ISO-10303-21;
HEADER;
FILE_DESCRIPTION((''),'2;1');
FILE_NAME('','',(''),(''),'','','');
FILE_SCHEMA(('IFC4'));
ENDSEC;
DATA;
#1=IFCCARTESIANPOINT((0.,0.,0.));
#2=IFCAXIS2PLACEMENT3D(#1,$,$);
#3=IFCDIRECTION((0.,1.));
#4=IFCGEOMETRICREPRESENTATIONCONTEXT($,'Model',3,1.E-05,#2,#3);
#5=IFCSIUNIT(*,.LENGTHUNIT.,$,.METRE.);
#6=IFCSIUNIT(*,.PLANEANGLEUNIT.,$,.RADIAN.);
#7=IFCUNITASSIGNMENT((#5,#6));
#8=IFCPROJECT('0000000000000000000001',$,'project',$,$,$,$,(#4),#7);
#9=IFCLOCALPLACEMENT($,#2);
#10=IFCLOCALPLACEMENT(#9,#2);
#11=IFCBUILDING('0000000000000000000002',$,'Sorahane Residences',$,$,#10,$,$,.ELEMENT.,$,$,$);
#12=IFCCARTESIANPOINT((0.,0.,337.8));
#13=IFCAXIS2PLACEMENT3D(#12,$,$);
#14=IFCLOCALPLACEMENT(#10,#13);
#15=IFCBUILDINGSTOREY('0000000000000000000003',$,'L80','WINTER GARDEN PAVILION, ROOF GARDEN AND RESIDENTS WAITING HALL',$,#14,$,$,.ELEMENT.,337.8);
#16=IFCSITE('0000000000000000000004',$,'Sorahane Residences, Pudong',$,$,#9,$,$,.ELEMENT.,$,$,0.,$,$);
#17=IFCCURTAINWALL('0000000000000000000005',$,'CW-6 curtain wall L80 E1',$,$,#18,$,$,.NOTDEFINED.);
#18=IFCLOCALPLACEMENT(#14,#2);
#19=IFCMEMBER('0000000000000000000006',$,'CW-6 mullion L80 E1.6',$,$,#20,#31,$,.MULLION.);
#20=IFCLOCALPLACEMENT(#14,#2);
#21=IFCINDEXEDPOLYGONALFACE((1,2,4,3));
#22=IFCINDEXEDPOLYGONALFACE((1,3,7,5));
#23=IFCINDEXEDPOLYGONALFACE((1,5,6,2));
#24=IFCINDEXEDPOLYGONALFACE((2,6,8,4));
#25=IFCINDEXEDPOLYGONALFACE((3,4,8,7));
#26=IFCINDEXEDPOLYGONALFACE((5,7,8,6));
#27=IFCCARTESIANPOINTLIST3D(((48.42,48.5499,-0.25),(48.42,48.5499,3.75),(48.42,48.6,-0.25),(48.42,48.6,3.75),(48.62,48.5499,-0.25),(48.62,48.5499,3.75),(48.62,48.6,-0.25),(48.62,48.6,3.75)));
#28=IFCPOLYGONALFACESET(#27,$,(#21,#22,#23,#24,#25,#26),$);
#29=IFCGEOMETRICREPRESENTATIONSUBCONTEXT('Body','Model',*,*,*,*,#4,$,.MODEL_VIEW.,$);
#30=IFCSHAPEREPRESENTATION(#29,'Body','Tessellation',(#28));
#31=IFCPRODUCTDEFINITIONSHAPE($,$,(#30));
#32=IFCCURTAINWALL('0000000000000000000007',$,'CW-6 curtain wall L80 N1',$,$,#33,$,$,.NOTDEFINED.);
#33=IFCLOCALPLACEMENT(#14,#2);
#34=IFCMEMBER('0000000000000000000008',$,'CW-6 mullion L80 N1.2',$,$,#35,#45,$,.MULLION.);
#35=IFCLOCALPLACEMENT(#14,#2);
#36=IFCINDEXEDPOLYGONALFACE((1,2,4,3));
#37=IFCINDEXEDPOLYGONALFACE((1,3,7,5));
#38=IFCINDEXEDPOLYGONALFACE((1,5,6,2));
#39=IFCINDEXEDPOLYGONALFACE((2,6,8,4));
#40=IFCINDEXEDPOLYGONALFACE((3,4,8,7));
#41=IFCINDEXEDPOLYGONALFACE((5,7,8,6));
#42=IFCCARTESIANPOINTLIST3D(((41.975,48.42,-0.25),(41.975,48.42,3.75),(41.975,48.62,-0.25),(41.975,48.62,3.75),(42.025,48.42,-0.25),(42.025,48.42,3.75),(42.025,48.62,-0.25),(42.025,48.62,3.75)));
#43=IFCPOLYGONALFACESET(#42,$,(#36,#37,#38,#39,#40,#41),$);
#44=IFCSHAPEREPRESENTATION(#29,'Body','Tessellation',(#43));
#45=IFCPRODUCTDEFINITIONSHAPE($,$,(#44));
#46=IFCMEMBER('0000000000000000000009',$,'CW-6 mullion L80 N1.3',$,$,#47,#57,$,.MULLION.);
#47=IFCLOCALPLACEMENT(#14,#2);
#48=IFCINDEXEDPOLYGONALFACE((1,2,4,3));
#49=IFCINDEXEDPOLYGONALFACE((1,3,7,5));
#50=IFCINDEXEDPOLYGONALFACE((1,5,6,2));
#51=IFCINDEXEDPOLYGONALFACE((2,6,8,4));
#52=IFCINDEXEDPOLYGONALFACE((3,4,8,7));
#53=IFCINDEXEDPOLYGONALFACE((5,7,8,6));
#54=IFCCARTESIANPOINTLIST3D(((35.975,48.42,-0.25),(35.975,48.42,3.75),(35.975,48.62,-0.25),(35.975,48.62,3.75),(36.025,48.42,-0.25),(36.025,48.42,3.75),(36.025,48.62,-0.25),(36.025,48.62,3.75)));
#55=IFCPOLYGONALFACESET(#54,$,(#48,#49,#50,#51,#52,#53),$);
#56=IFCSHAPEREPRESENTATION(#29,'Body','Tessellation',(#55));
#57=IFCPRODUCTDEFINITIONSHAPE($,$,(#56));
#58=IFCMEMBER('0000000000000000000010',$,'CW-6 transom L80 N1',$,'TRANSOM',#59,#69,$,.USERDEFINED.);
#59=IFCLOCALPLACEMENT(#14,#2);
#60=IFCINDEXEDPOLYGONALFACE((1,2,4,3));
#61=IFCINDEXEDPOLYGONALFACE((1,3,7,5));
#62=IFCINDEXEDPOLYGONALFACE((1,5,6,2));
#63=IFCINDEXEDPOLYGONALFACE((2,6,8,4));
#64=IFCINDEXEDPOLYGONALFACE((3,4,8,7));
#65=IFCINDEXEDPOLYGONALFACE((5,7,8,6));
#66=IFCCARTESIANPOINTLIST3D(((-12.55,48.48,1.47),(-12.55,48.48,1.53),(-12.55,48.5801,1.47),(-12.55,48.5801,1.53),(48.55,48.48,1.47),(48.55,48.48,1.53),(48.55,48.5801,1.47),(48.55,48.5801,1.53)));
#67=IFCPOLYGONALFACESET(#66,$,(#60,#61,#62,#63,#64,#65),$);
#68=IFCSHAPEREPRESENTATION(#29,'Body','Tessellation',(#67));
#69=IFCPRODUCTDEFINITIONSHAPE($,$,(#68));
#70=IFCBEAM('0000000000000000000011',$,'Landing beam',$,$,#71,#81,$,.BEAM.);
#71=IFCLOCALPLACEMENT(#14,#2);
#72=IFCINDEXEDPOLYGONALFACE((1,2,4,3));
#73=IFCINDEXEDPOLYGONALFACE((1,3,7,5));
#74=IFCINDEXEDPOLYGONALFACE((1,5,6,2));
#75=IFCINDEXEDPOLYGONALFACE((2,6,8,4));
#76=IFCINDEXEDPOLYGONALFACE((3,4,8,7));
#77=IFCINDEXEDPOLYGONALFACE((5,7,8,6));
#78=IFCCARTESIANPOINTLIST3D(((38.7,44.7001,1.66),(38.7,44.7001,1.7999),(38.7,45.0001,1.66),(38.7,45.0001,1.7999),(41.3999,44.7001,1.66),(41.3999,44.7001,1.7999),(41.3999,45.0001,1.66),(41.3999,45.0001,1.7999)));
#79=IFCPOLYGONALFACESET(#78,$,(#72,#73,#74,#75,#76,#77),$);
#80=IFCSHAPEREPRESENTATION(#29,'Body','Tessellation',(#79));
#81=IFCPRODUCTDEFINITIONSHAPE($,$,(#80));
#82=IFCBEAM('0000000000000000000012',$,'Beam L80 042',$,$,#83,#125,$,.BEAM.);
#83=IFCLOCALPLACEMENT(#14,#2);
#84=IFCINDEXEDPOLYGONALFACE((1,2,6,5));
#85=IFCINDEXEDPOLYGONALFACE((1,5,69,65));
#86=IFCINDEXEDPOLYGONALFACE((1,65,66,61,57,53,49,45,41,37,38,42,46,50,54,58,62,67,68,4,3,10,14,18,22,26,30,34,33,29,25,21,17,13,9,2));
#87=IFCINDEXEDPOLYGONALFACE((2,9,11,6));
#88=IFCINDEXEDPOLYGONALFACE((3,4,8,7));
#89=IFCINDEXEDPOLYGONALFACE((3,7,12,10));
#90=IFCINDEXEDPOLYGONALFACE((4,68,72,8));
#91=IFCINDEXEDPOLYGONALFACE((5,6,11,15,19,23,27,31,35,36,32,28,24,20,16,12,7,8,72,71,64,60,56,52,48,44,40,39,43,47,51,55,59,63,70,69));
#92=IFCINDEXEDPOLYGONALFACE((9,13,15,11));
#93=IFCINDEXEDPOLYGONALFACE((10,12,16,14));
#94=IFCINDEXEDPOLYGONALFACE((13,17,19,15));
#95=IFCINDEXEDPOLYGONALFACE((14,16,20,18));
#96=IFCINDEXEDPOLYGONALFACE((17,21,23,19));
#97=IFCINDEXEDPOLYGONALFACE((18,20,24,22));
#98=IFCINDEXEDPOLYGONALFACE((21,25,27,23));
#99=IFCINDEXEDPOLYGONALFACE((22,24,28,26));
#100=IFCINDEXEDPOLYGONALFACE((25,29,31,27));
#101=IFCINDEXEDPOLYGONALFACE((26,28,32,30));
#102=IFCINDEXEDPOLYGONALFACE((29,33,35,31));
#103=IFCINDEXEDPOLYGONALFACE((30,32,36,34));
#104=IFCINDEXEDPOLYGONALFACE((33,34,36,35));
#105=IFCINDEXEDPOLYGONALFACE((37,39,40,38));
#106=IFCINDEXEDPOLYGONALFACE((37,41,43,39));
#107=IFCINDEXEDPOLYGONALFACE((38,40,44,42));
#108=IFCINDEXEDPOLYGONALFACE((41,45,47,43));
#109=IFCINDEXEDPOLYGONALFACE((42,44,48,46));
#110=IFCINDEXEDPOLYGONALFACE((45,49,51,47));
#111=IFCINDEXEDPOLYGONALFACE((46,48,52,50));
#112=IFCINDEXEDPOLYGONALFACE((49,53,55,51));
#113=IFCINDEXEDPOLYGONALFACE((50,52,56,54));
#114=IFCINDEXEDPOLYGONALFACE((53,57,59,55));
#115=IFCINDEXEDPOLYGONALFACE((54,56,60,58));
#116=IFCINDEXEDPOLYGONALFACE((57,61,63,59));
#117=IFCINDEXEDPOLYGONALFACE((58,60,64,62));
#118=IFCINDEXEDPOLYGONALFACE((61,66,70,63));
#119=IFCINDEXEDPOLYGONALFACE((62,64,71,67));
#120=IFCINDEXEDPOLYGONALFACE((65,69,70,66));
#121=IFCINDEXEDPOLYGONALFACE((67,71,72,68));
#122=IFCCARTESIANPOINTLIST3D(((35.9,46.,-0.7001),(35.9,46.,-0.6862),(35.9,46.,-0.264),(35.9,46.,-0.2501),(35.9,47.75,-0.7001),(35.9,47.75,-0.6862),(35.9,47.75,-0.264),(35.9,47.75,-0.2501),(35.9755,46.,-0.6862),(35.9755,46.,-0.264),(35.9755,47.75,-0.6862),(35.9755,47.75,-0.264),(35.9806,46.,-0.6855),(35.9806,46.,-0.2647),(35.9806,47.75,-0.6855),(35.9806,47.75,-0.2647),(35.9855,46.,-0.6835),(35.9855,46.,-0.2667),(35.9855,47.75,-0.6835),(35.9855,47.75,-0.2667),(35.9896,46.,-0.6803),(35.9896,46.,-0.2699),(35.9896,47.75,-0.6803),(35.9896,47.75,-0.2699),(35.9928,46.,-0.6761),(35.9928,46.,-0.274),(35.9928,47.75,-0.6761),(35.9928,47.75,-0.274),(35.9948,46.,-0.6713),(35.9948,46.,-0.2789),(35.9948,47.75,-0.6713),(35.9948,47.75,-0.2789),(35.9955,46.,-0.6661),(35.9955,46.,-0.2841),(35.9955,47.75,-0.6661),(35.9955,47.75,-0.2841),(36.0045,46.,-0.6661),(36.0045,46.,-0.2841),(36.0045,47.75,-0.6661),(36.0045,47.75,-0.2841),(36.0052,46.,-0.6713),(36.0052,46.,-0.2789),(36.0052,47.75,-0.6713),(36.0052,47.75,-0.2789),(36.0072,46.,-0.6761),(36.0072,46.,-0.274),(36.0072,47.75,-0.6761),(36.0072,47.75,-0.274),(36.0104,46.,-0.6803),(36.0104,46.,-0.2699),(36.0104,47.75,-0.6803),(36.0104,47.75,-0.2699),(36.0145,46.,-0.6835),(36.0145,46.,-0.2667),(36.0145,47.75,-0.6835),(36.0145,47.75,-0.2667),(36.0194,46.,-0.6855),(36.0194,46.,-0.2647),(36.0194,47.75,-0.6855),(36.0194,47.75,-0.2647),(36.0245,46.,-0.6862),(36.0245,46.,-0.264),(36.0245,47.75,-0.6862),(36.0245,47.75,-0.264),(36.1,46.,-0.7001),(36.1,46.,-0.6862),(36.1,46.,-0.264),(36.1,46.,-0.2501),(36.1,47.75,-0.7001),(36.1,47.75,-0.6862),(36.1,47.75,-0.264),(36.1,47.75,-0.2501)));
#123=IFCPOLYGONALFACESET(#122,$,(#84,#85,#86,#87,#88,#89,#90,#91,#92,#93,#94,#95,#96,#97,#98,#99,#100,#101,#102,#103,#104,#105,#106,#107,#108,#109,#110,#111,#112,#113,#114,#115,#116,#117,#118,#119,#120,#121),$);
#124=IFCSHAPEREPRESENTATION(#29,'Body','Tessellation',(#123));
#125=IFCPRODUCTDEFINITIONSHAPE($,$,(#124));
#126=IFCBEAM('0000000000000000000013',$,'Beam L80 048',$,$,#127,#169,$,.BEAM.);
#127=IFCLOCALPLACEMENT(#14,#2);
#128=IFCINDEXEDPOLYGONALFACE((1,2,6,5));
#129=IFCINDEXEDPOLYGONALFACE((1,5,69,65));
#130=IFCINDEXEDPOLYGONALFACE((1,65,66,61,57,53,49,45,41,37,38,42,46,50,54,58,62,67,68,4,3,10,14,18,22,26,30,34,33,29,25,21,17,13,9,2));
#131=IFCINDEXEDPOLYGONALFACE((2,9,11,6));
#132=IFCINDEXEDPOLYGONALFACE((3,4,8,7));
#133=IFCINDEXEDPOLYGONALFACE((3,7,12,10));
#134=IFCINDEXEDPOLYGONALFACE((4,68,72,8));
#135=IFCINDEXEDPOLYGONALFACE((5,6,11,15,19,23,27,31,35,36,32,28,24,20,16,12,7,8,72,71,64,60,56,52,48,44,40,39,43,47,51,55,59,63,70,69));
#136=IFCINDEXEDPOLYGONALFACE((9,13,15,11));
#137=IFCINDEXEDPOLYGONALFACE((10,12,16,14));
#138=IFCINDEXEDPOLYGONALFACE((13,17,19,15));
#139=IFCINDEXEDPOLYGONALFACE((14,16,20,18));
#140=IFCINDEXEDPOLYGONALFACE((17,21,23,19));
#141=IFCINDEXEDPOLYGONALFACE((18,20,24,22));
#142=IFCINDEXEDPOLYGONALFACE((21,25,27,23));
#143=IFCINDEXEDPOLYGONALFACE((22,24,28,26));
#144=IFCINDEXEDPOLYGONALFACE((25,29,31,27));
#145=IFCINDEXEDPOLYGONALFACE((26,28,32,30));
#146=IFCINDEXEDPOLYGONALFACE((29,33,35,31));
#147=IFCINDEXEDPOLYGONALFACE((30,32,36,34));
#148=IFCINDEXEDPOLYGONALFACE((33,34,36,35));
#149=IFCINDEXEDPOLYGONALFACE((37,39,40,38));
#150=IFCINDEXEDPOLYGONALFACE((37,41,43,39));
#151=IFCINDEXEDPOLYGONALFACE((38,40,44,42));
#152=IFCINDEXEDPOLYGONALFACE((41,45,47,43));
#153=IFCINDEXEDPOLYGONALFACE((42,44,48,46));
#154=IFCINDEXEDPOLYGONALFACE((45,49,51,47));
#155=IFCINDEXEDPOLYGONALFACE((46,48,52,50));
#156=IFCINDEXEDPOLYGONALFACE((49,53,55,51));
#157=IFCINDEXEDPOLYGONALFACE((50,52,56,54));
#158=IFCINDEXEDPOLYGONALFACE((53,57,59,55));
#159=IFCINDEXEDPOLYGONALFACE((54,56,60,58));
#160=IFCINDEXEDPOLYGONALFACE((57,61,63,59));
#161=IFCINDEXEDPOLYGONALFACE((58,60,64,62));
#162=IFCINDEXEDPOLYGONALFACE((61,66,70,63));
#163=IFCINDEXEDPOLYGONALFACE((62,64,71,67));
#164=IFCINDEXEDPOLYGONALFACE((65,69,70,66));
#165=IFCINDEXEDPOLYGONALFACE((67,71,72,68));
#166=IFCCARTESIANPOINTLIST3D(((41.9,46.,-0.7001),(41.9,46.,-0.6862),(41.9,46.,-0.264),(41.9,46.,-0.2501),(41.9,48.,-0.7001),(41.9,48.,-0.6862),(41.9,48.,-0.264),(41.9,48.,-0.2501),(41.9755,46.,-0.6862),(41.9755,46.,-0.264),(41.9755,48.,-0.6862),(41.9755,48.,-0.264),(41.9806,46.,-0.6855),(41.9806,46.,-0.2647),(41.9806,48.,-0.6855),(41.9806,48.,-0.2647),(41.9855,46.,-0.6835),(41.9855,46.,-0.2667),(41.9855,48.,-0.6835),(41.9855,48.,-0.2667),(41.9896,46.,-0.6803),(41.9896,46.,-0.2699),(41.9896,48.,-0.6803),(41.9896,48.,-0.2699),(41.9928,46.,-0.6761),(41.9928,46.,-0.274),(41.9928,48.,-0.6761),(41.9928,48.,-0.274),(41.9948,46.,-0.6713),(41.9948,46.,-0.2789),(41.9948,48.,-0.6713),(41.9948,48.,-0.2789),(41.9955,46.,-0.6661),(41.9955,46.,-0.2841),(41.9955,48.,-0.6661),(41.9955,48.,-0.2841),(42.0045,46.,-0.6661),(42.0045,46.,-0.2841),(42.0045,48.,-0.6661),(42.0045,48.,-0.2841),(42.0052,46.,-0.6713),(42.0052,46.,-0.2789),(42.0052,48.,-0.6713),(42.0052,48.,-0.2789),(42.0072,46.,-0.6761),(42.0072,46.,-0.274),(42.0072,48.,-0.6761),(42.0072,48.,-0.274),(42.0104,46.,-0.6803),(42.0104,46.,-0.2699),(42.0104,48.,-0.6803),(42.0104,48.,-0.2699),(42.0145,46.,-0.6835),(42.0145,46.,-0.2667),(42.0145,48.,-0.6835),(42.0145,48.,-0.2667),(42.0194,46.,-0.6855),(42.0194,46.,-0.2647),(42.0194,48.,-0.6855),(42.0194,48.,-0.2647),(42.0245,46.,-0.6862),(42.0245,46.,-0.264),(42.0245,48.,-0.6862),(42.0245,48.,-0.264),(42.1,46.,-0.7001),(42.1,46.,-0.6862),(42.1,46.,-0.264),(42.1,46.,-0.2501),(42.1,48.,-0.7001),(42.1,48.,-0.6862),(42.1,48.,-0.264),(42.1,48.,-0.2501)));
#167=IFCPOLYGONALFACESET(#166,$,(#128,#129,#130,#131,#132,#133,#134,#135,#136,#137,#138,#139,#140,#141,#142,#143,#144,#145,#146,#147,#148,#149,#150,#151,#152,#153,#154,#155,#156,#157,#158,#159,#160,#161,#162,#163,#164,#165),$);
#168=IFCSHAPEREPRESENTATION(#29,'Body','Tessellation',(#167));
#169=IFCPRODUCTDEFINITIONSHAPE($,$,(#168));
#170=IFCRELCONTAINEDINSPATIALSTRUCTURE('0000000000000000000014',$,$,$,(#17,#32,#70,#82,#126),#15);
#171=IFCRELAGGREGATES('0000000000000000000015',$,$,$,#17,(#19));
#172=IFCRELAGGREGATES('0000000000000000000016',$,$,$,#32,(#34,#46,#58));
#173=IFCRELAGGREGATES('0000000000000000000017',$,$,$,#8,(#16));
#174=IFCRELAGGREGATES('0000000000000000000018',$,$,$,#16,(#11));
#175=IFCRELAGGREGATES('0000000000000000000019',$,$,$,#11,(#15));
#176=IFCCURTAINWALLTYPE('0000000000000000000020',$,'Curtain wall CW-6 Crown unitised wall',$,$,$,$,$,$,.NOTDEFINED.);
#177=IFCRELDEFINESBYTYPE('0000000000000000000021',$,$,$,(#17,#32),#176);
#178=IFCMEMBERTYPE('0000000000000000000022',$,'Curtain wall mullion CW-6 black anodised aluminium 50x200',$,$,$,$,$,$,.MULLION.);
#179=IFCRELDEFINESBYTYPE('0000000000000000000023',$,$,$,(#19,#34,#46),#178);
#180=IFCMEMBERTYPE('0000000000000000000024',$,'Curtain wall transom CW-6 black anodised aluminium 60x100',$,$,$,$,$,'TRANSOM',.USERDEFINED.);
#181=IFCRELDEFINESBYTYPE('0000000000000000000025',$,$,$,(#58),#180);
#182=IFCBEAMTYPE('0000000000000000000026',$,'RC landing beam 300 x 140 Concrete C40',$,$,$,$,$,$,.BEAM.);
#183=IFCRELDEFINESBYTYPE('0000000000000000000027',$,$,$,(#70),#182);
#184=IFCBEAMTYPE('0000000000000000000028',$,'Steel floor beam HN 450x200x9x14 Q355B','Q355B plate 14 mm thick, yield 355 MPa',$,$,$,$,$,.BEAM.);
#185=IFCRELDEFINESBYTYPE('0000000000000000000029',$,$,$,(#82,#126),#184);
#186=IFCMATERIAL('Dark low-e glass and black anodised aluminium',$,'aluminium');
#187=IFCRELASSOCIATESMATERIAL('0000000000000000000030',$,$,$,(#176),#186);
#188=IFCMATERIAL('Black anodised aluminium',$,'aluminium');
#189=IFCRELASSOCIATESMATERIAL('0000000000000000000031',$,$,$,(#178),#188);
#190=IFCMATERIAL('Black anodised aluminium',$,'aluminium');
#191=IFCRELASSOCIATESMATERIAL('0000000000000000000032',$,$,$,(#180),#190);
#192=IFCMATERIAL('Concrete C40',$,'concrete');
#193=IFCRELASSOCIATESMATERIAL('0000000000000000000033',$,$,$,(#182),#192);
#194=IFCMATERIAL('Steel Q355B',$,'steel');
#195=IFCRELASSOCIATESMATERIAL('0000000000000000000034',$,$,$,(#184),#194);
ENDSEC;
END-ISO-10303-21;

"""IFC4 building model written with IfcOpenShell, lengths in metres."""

from ifc_helpers import new_model, si_unit, direction, frame, origin, origin_2d, place, context, subcontext, project, spatial, rectangle, i_section, extrude, material, material_profile, profile_set, type_object, element, aggregate, save


model = new_model("IFC4")

# Units and contexts
model_context = context("Model", 3, precision=1e-05, world=origin(), true_north=direction((0.0, 1.0)))
body_context = subcontext(model_context, "Body", "Model", "MODEL_VIEW")
ifc_project = project(units=[si_unit("LENGTHUNIT", "METRE"), si_unit("PLANEANGLEUNIT", "RADIAN")], contexts=[model_context])

# Site, building, storey
site_placement = place(None, origin())
site = spatial("IfcSite", under=ifc_project, at=site_placement, Name="Sorahane Residences, Pudong", CompositionType="ELEMENT", RefElevation=0.0)
building_placement = place(site_placement, origin())
building = spatial("IfcBuilding", under=site, at=building_placement, Name="Sorahane Residences", CompositionType="ELEMENT")
storey_placement = place(building_placement, frame((0.0, 0.0, 337.8)))
storey = spatial("IfcBuildingStorey", under=building, at=storey_placement, Name="L80", Description="WINTER GARDEN PAVILION, ROOF GARDEN AND RESIDENTS WAITING HALL", CompositionType="ELEMENT", Elevation=337.8)

# Curtain wall, member
ifc_material_1 = material(Name="Dark low-e glass and black anodised aluminium", Category="aluminium")
curtain_wall_type = type_object("IfcCurtainWallType", Name="Curtain wall CW-6 Crown unitised wall", PredefinedType="NOTDEFINED", material=ifc_material_1)
curtain_wall_1_placement = place(storey_placement, origin())
curtain_wall_1 = element("IfcCurtainWall", 1, at=curtain_wall_1_placement, inside=storey, type_object=curtain_wall_type, Name="CW-6 curtain wall L80 E1", PredefinedType="NOTDEFINED")
ifc_material_2 = material(Name="Black anodised aluminium", Category="aluminium")
ifc_material_profile_1 = material_profile(ifc_material_2, rectangle(XDim=0.2, YDim=0.05, at=origin_2d()), Name="Curtain wall mullion CW-6 black anodised aluminium 50x200")
ifc_profile_set_1 = profile_set([ifc_material_profile_1], Name="Black anodised aluminium")
member_type_1 = type_object("IfcMemberType", Name="Curtain wall mullion CW-6 black anodised aluminium 50x200", PredefinedType="MULLION", material=ifc_profile_set_1)
member_1_placement = place(storey_placement, frame((48.52, 48.575, -0.25), z_axis=(0.0, 0.0, 1.0), x_axis=(1.0, 0.0, 0.0)))
member_1 = element("IfcMember", 2, at=member_1_placement, type_object=member_type_1, Name="CW-6 mullion L80 E1.6", PredefinedType="MULLION", context=body_context, shape_type="SweptSolid", body=[
    extrude(rectangle(XDim=0.2, YDim=0.05, at=origin_2d()), origin(), (0.0, 0.0, 1.0), 4.0),
])

# Curtain wall, members
curtain_wall_2_placement = place(storey_placement, origin())
curtain_wall_2 = element("IfcCurtainWall", 3, at=curtain_wall_2_placement, inside=storey, type_object=curtain_wall_type, Name="CW-6 curtain wall L80 N1", PredefinedType="NOTDEFINED")
member_2_placement = place(storey_placement, frame((42.0, 48.52, -0.25), z_axis=(0.0, 0.0, 1.0), x_axis=(0.0, 1.0, 0.0)))
member_2 = element("IfcMember", 4, at=member_2_placement, type_object=member_type_1, Name="CW-6 mullion L80 N1.2", PredefinedType="MULLION", context=body_context, shape_type="SweptSolid", body=[
    extrude(rectangle(XDim=0.2, YDim=0.05, at=origin_2d()), origin(), (0.0, 0.0, 1.0), 4.0),
])
member_3_placement = place(storey_placement, frame((36.0, 48.52, -0.25), z_axis=(0.0, 0.0, 1.0), x_axis=(0.0, 1.0, 0.0)))
member_3 = element("IfcMember", 5, at=member_3_placement, type_object=member_type_1, Name="CW-6 mullion L80 N1.3", PredefinedType="MULLION", context=body_context, shape_type="SweptSolid", body=[
    extrude(rectangle(XDim=0.2, YDim=0.05, at=origin_2d()), origin(), (0.0, 0.0, 1.0), 4.0),
])
ifc_material_3 = material(Name="Black anodised aluminium", Category="aluminium")
ifc_material_profile_2 = material_profile(ifc_material_3, rectangle(XDim=0.1001, YDim=0.0601, at=origin_2d()), Name="Curtain wall transom CW-6 black anodised aluminium 60x100")
ifc_profile_set_2 = profile_set([ifc_material_profile_2], Name="Black anodised aluminium")
member_type_2 = type_object("IfcMemberType", Name="Curtain wall transom CW-6 black anodised aluminium 60x100", ElementType="TRANSOM", PredefinedType="USERDEFINED", material=ifc_profile_set_2)
member_4_placement = place(storey_placement, frame((48.55, 48.53, 1.5), z_axis=(-1.0, 0.0, 0.0), x_axis=(0.0, -1.0, 0.0)))
member_4 = element("IfcMember", 6, at=member_4_placement, type_object=member_type_2, Name="CW-6 transom L80 N1", ObjectType="TRANSOM", PredefinedType="USERDEFINED", context=body_context, shape_type="SweptSolid", body=[
    extrude(rectangle(XDim=0.1001, YDim=0.0601, at=origin_2d()), origin(), (0.0, 0.0, 1.0), 61.1001),
])

# Beams
ifc_material_4 = material(Name="Concrete C40", Category="concrete")
ifc_material_profile_3 = material_profile(ifc_material_4, rectangle(XDim=0.3, YDim=0.1399, at=origin_2d()), Name="300x140")
ifc_profile_set_3 = profile_set([ifc_material_profile_3], Name="Concrete C40")
beam_type_1 = type_object("IfcBeamType", Name="RC landing beam 300 x 140 Concrete C40", PredefinedType="BEAM", material=ifc_profile_set_3)
beam_1_placement = place(storey_placement, frame((38.7, 44.8501, 1.73), z_axis=(1.0, 0.0, 0.0), x_axis=(0.0, 1.0, 0.0)))
element("IfcBeam", 7, at=beam_1_placement, inside=storey, type_object=beam_type_1, Name="Landing beam", PredefinedType="BEAM", context=body_context, shape_type="SweptSolid", body=[
    extrude(rectangle(XDim=0.3, YDim=0.1399, at=origin_2d()), origin(), (0.0, 0.0, 1.0), 2.7),
])
ifc_material_5 = material(Name="Steel Q355B", Category="steel")
ifc_material_profile_4 = material_profile(ifc_material_5, i_section(OverallWidth=0.2, OverallDepth=0.45, WebThickness=0.009, FlangeThickness=0.0139, FilletRadius=0.02, at=origin_2d()), Name="HN 450x200x9x14")
ifc_profile_set_4 = profile_set([ifc_material_profile_4], Name="Steel Q355B")
beam_type_2 = type_object("IfcBeamType", Name="Steel floor beam HN 450x200x9x14 Q355B", Description="Q355B plate 14 mm thick, yield 355 MPa", PredefinedType="BEAM", material=ifc_profile_set_4)
beam_2_placement = place(storey_placement, frame((36.0, 46.0, -0.4751), z_axis=(0.0, 1.0, 0.0), x_axis=(-1.0, 0.0, 0.0)))
element("IfcBeam", 8, at=beam_2_placement, inside=storey, type_object=beam_type_2, Name="Beam L80 042", PredefinedType="BEAM", context=body_context, shape_type="SweptSolid", body=[
    extrude(i_section(OverallWidth=0.2, OverallDepth=0.45, WebThickness=0.009, FlangeThickness=0.0139, FilletRadius=0.02, at=origin_2d()), origin(), (0.0, 0.0, 1.0), 1.75),
])
beam_3_placement = place(storey_placement, frame((42.0, 46.0, -0.4751), z_axis=(0.0, 1.0, 0.0), x_axis=(-1.0, 0.0, 0.0)))
element("IfcBeam", 9, at=beam_3_placement, inside=storey, type_object=beam_type_2, Name="Beam L80 048", PredefinedType="BEAM", context=body_context, shape_type="SweptSolid", body=[
    extrude(i_section(OverallWidth=0.2, OverallDepth=0.45, WebThickness=0.009, FlangeThickness=0.0139, FilletRadius=0.02, at=origin_2d()), origin(), (0.0, 0.0, 1.0), 2.0),
])

aggregate(curtain_wall_1, [member_1])
aggregate(curtain_wall_2, [member_2, member_3, member_4])

save(model, "model.ifc")
